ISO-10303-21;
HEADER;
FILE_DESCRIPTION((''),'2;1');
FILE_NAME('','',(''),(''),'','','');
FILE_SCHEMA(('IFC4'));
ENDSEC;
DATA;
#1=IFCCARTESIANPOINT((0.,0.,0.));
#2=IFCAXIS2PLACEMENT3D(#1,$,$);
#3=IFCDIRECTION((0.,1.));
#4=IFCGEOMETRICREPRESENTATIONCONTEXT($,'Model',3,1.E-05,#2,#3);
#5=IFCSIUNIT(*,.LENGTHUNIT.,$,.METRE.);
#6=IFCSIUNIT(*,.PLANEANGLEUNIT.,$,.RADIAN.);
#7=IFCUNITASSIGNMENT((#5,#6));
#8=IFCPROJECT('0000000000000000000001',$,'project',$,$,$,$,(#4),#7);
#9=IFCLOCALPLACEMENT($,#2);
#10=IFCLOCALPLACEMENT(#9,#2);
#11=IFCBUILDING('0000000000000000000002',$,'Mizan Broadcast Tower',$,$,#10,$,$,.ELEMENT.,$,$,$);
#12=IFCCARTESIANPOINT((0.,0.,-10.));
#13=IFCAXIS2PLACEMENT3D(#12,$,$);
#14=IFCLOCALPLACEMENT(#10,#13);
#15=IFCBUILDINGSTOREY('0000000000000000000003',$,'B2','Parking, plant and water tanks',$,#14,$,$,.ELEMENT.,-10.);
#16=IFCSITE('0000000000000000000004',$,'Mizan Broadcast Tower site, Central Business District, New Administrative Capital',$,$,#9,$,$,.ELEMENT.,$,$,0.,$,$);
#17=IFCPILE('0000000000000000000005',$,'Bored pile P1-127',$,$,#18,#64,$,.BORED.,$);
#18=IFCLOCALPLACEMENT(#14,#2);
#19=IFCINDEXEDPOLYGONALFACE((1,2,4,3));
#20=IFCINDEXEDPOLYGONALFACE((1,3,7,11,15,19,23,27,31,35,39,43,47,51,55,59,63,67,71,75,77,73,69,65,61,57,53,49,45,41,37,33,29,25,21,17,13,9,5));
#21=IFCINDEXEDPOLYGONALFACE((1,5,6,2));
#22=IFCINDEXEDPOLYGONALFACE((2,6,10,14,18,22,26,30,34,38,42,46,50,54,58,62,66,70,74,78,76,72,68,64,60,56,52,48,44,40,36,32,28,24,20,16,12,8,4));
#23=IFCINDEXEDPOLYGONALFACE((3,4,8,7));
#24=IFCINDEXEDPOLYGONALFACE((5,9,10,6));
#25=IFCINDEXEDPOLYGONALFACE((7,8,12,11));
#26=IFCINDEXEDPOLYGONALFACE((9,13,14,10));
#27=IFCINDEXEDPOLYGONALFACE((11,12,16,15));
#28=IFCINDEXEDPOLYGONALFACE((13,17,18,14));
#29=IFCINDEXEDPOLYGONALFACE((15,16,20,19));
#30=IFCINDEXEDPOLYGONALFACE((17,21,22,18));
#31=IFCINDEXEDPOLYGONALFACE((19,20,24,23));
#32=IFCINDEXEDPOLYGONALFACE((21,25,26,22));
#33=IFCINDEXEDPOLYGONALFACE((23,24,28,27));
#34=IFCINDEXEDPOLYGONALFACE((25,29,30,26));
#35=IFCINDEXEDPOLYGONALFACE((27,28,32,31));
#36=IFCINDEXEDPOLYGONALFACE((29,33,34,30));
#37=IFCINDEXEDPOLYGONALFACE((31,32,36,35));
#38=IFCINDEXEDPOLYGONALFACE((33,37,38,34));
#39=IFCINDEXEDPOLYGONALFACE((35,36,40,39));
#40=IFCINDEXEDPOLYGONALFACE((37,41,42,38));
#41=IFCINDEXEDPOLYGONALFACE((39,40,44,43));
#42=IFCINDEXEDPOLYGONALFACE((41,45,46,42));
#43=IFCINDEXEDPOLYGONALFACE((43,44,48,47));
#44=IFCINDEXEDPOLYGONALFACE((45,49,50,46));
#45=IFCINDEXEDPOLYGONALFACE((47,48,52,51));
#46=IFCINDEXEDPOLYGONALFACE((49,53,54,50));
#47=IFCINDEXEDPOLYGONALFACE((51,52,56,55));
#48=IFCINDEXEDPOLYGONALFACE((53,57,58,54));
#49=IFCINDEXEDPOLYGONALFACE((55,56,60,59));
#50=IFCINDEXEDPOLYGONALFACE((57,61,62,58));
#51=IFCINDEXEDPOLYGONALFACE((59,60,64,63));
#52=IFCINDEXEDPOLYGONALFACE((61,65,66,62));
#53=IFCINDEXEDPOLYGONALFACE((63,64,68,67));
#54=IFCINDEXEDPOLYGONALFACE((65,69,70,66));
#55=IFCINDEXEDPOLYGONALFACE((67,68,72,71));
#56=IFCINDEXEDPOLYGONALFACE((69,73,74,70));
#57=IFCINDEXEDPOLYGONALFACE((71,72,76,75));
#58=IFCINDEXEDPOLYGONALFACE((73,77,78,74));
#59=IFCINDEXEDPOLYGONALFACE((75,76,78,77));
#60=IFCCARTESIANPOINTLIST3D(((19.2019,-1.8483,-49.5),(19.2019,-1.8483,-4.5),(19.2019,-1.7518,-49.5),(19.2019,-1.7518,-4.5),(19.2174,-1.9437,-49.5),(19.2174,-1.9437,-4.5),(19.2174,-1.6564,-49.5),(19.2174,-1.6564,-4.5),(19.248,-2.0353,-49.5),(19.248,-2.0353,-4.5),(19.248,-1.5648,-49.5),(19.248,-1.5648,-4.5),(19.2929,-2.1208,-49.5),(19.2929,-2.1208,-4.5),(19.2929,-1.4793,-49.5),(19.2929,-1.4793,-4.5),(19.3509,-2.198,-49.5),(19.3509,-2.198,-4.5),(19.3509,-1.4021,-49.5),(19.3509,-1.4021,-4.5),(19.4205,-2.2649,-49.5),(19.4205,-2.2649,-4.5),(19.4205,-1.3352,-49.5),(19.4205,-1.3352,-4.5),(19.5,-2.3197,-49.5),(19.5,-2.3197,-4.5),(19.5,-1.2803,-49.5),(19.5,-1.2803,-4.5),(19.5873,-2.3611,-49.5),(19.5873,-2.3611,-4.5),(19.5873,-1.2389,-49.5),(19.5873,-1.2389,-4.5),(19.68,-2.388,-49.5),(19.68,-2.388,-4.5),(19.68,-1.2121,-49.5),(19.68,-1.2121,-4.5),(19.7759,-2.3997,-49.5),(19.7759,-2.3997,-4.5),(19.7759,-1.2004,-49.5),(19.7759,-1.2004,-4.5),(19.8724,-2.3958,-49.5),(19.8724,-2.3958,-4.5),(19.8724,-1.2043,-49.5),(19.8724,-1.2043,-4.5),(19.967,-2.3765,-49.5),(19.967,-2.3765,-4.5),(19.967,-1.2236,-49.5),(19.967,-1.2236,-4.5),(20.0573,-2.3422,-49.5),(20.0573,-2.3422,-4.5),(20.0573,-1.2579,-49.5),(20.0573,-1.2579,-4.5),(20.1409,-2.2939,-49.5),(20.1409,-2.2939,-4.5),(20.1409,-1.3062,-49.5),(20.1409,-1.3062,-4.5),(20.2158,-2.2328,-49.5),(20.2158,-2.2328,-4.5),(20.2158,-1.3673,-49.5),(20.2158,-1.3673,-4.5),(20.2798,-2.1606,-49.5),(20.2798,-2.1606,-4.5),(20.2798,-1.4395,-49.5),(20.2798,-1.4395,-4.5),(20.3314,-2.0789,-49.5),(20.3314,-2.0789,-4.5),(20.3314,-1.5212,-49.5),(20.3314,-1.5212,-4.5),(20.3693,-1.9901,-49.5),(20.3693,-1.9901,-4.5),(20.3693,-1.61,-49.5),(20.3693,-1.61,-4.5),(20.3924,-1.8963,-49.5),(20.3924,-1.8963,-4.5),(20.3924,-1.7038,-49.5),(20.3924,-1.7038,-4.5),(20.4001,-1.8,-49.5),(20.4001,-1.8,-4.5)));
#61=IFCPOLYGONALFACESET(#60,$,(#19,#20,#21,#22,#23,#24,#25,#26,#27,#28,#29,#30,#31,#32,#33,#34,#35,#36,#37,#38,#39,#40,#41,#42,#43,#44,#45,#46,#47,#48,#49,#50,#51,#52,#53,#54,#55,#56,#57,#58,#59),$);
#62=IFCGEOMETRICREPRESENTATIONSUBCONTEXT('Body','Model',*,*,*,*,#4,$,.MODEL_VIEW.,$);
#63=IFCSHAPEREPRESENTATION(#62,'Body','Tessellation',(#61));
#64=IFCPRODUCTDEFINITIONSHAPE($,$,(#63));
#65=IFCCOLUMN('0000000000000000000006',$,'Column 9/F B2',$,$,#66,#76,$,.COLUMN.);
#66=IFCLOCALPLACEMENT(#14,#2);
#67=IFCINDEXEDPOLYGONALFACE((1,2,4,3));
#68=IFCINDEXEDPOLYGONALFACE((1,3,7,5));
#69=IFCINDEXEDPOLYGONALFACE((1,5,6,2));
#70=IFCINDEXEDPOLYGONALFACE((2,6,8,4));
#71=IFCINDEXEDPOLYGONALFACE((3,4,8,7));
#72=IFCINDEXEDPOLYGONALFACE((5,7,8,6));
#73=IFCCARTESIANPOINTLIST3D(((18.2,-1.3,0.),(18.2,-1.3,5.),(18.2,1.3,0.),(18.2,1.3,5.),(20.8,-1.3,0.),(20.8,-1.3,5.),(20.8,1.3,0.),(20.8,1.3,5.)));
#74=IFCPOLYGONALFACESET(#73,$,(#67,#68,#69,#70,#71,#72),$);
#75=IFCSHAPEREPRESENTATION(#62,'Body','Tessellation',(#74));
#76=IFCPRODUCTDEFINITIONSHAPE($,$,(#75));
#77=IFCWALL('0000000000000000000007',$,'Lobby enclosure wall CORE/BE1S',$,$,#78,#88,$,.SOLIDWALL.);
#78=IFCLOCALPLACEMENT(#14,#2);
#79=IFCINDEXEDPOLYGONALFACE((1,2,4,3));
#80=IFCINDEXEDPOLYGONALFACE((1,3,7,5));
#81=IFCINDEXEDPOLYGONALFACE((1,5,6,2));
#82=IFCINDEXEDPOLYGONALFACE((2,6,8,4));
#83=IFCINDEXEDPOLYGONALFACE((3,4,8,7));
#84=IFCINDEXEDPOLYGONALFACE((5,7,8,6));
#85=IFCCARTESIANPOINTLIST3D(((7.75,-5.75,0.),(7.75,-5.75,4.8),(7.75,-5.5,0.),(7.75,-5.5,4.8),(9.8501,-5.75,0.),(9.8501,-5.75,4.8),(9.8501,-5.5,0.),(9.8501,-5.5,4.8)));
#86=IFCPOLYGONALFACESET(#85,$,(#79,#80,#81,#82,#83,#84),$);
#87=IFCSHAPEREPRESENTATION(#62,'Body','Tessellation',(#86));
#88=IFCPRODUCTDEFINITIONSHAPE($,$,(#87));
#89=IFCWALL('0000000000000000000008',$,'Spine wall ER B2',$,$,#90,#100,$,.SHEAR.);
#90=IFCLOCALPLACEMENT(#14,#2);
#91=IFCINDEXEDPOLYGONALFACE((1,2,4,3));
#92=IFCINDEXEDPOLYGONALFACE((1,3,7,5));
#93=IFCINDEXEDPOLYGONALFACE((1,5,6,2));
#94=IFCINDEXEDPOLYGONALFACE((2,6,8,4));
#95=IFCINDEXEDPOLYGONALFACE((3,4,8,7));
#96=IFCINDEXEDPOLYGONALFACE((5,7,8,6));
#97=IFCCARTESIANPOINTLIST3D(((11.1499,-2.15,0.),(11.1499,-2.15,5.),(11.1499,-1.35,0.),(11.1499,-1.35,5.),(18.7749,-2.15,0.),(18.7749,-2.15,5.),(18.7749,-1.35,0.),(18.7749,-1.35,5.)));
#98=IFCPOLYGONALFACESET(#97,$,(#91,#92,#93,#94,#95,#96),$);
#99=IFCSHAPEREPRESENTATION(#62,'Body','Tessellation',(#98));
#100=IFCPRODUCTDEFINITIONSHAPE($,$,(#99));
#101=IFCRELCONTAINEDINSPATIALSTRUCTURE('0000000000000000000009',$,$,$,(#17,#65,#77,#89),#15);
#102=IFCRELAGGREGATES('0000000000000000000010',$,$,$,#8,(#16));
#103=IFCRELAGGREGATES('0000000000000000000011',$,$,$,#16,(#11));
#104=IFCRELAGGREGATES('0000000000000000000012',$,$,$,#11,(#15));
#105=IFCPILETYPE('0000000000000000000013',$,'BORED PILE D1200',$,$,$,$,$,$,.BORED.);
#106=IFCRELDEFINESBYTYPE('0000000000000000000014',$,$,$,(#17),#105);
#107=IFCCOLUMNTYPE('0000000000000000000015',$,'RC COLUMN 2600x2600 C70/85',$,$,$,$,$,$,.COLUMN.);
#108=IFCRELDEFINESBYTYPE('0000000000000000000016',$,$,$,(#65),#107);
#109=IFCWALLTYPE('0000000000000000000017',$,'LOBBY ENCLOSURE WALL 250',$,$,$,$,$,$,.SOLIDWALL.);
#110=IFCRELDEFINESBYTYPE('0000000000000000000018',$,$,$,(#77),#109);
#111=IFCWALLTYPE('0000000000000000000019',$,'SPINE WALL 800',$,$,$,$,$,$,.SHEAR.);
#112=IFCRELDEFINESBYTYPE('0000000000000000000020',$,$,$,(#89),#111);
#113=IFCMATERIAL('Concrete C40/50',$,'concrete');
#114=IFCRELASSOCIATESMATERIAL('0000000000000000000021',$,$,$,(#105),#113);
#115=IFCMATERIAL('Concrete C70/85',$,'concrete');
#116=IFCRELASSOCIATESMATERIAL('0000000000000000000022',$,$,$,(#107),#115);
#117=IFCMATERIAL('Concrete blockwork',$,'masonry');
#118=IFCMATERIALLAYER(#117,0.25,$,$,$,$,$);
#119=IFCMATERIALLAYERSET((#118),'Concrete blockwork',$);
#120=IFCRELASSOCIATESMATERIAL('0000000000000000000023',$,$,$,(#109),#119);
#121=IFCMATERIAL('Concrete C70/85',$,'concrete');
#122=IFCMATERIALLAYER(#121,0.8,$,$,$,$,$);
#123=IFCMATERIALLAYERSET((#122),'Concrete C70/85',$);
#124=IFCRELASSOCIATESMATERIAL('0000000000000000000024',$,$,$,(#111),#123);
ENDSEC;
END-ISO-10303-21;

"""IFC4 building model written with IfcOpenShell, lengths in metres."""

from ifc_helpers import new_model, si_unit, direction, frame, frame_2d, origin, origin_2d, place, context, subcontext, project, spatial, rectangle, circle, extrude, material, layer, layer_set, material_profile, profile_set, type_object, element, save


model = new_model("IFC4")

# Units and contexts
model_context = context("Model", 3, precision=1e-05, world=origin(), true_north=direction((0.0, 1.0)))
body_context = subcontext(model_context, "Body", "Model", "MODEL_VIEW")
ifc_project = project(units=[si_unit("LENGTHUNIT", "METRE"), si_unit("PLANEANGLEUNIT", "RADIAN")], contexts=[model_context])

# Site, building, storey
site_placement = place(None, origin())
site = spatial("IfcSite", under=ifc_project, at=site_placement, Name="Mizan Broadcast Tower site, Central Business District, New Administrative Capital", CompositionType="ELEMENT", RefElevation=0.0)
building_placement = place(site_placement, origin())
building = spatial("IfcBuilding", under=site, at=building_placement, Name="Mizan Broadcast Tower", CompositionType="ELEMENT")
storey_placement = place(building_placement, frame((0.0, 0.0, -10.0)))
storey = spatial("IfcBuildingStorey", under=building, at=storey_placement, Name="B2", Description="Parking, plant and water tanks", CompositionType="ELEMENT", Elevation=-10.0)

# Pile
ifc_material_1 = material(Name="Concrete C40/50", Category="concrete")
ifc_material_profile_1 = material_profile(ifc_material_1, circle(Radius=0.6001, at=origin_2d()), Name="D1200")
ifc_profile_set_1 = profile_set([ifc_material_profile_1], Name="Concrete C40/50")
pile_type = type_object("IfcPileType", Name="BORED PILE D1200", PredefinedType="BORED", material=ifc_profile_set_1)
for number, where, z_axis, x_axis, name in (
    (1, (19.8, -1.8, -4.5), (0.0, 0.0, -1.0), (1.0, 0.0, 0.0), "Bored pile P1-127"),
):
    element("IfcPile", number, at=place(storey_placement, frame(where, z_axis=z_axis, x_axis=x_axis)), inside=storey, type_object=pile_type, Name=name, PredefinedType="BORED", context=body_context, shape_type="SweptSolid", body=[
        extrude(circle(Radius=0.6001, at=origin_2d()), origin(), (0.0, 0.0, 1.0), 45.0),
    ])

# Column
ifc_material_2 = material(Name="Concrete C70/85", Category="concrete")
ifc_material_profile_2 = material_profile(ifc_material_2, rectangle(XDim=2.6001, YDim=2.6001, at=origin_2d()), Name="RC 2600x2600")
ifc_profile_set_2 = profile_set([ifc_material_profile_2], Name="Concrete C70/85")
column_type = type_object("IfcColumnType", Name="RC COLUMN 2600x2600 C70/85", PredefinedType="COLUMN", material=ifc_profile_set_2)
column_placement = place(storey_placement, frame((19.5, 0.0, 0.0), z_axis=(0.0, 0.0, 1.0), x_axis=(1.0, 0.0, 0.0)))
element("IfcColumn", 2, at=column_placement, inside=storey, type_object=column_type, Name="Column 9/F B2", PredefinedType="COLUMN", context=body_context, shape_type="SweptSolid", body=[
    extrude(rectangle(XDim=2.6001, YDim=2.6001, at=origin_2d()), origin(), (0.0, 0.0, 1.0), 5.0),
])

# Walls
ifc_material_3 = material(Name="Concrete blockwork", Category="masonry")
ifc_layer_1 = layer(ifc_material_3, 0.25)
ifc_layer_set_1 = layer_set([ifc_layer_1], Name="Concrete blockwork")
wall_type_1 = type_object("IfcWallType", Name="LOBBY ENCLOSURE WALL 250", PredefinedType="SOLIDWALL", material=ifc_layer_set_1)
wall_1_placement = place(storey_placement, frame((7.75, -5.625, 0.0), z_axis=(0.0, 0.0, 1.0), x_axis=(1.0, 0.0, 0.0)))
element("IfcWall", 3, at=wall_1_placement, inside=storey, type_object=wall_type_1, Name="Lobby enclosure wall CORE/BE1S", PredefinedType="SOLIDWALL", context=body_context, shape_type="SweptSolid", body=[
    extrude(rectangle(XDim=2.1001, YDim=0.25, at=frame_2d((1.05, 0.0))), origin(), (0.0, 0.0, 1.0), 4.8),
])
ifc_material_4 = material(Name="Concrete C70/85", Category="concrete")
ifc_layer_2 = layer(ifc_material_4, 0.8)
ifc_layer_set_2 = layer_set([ifc_layer_2], Name="Concrete C70/85")
wall_type_2 = type_object("IfcWallType", Name="SPINE WALL 800", PredefinedType="SHEAR", material=ifc_layer_set_2)
wall_2_placement = place(storey_placement, frame((11.1499, -1.75, 0.0), z_axis=(0.0, 0.0, 1.0), x_axis=(1.0, 0.0, 0.0)))
element("IfcWall", 4, at=wall_2_placement, inside=storey, type_object=wall_type_2, Name="Spine wall ER B2", PredefinedType="SHEAR", context=body_context, shape_type="SweptSolid", body=[
    extrude(rectangle(XDim=7.625, YDim=0.8, at=frame_2d((3.8125, 0.0))), origin(), (0.0, 0.0, 1.0), 5.0),
])

save(model, "model.ifc")
